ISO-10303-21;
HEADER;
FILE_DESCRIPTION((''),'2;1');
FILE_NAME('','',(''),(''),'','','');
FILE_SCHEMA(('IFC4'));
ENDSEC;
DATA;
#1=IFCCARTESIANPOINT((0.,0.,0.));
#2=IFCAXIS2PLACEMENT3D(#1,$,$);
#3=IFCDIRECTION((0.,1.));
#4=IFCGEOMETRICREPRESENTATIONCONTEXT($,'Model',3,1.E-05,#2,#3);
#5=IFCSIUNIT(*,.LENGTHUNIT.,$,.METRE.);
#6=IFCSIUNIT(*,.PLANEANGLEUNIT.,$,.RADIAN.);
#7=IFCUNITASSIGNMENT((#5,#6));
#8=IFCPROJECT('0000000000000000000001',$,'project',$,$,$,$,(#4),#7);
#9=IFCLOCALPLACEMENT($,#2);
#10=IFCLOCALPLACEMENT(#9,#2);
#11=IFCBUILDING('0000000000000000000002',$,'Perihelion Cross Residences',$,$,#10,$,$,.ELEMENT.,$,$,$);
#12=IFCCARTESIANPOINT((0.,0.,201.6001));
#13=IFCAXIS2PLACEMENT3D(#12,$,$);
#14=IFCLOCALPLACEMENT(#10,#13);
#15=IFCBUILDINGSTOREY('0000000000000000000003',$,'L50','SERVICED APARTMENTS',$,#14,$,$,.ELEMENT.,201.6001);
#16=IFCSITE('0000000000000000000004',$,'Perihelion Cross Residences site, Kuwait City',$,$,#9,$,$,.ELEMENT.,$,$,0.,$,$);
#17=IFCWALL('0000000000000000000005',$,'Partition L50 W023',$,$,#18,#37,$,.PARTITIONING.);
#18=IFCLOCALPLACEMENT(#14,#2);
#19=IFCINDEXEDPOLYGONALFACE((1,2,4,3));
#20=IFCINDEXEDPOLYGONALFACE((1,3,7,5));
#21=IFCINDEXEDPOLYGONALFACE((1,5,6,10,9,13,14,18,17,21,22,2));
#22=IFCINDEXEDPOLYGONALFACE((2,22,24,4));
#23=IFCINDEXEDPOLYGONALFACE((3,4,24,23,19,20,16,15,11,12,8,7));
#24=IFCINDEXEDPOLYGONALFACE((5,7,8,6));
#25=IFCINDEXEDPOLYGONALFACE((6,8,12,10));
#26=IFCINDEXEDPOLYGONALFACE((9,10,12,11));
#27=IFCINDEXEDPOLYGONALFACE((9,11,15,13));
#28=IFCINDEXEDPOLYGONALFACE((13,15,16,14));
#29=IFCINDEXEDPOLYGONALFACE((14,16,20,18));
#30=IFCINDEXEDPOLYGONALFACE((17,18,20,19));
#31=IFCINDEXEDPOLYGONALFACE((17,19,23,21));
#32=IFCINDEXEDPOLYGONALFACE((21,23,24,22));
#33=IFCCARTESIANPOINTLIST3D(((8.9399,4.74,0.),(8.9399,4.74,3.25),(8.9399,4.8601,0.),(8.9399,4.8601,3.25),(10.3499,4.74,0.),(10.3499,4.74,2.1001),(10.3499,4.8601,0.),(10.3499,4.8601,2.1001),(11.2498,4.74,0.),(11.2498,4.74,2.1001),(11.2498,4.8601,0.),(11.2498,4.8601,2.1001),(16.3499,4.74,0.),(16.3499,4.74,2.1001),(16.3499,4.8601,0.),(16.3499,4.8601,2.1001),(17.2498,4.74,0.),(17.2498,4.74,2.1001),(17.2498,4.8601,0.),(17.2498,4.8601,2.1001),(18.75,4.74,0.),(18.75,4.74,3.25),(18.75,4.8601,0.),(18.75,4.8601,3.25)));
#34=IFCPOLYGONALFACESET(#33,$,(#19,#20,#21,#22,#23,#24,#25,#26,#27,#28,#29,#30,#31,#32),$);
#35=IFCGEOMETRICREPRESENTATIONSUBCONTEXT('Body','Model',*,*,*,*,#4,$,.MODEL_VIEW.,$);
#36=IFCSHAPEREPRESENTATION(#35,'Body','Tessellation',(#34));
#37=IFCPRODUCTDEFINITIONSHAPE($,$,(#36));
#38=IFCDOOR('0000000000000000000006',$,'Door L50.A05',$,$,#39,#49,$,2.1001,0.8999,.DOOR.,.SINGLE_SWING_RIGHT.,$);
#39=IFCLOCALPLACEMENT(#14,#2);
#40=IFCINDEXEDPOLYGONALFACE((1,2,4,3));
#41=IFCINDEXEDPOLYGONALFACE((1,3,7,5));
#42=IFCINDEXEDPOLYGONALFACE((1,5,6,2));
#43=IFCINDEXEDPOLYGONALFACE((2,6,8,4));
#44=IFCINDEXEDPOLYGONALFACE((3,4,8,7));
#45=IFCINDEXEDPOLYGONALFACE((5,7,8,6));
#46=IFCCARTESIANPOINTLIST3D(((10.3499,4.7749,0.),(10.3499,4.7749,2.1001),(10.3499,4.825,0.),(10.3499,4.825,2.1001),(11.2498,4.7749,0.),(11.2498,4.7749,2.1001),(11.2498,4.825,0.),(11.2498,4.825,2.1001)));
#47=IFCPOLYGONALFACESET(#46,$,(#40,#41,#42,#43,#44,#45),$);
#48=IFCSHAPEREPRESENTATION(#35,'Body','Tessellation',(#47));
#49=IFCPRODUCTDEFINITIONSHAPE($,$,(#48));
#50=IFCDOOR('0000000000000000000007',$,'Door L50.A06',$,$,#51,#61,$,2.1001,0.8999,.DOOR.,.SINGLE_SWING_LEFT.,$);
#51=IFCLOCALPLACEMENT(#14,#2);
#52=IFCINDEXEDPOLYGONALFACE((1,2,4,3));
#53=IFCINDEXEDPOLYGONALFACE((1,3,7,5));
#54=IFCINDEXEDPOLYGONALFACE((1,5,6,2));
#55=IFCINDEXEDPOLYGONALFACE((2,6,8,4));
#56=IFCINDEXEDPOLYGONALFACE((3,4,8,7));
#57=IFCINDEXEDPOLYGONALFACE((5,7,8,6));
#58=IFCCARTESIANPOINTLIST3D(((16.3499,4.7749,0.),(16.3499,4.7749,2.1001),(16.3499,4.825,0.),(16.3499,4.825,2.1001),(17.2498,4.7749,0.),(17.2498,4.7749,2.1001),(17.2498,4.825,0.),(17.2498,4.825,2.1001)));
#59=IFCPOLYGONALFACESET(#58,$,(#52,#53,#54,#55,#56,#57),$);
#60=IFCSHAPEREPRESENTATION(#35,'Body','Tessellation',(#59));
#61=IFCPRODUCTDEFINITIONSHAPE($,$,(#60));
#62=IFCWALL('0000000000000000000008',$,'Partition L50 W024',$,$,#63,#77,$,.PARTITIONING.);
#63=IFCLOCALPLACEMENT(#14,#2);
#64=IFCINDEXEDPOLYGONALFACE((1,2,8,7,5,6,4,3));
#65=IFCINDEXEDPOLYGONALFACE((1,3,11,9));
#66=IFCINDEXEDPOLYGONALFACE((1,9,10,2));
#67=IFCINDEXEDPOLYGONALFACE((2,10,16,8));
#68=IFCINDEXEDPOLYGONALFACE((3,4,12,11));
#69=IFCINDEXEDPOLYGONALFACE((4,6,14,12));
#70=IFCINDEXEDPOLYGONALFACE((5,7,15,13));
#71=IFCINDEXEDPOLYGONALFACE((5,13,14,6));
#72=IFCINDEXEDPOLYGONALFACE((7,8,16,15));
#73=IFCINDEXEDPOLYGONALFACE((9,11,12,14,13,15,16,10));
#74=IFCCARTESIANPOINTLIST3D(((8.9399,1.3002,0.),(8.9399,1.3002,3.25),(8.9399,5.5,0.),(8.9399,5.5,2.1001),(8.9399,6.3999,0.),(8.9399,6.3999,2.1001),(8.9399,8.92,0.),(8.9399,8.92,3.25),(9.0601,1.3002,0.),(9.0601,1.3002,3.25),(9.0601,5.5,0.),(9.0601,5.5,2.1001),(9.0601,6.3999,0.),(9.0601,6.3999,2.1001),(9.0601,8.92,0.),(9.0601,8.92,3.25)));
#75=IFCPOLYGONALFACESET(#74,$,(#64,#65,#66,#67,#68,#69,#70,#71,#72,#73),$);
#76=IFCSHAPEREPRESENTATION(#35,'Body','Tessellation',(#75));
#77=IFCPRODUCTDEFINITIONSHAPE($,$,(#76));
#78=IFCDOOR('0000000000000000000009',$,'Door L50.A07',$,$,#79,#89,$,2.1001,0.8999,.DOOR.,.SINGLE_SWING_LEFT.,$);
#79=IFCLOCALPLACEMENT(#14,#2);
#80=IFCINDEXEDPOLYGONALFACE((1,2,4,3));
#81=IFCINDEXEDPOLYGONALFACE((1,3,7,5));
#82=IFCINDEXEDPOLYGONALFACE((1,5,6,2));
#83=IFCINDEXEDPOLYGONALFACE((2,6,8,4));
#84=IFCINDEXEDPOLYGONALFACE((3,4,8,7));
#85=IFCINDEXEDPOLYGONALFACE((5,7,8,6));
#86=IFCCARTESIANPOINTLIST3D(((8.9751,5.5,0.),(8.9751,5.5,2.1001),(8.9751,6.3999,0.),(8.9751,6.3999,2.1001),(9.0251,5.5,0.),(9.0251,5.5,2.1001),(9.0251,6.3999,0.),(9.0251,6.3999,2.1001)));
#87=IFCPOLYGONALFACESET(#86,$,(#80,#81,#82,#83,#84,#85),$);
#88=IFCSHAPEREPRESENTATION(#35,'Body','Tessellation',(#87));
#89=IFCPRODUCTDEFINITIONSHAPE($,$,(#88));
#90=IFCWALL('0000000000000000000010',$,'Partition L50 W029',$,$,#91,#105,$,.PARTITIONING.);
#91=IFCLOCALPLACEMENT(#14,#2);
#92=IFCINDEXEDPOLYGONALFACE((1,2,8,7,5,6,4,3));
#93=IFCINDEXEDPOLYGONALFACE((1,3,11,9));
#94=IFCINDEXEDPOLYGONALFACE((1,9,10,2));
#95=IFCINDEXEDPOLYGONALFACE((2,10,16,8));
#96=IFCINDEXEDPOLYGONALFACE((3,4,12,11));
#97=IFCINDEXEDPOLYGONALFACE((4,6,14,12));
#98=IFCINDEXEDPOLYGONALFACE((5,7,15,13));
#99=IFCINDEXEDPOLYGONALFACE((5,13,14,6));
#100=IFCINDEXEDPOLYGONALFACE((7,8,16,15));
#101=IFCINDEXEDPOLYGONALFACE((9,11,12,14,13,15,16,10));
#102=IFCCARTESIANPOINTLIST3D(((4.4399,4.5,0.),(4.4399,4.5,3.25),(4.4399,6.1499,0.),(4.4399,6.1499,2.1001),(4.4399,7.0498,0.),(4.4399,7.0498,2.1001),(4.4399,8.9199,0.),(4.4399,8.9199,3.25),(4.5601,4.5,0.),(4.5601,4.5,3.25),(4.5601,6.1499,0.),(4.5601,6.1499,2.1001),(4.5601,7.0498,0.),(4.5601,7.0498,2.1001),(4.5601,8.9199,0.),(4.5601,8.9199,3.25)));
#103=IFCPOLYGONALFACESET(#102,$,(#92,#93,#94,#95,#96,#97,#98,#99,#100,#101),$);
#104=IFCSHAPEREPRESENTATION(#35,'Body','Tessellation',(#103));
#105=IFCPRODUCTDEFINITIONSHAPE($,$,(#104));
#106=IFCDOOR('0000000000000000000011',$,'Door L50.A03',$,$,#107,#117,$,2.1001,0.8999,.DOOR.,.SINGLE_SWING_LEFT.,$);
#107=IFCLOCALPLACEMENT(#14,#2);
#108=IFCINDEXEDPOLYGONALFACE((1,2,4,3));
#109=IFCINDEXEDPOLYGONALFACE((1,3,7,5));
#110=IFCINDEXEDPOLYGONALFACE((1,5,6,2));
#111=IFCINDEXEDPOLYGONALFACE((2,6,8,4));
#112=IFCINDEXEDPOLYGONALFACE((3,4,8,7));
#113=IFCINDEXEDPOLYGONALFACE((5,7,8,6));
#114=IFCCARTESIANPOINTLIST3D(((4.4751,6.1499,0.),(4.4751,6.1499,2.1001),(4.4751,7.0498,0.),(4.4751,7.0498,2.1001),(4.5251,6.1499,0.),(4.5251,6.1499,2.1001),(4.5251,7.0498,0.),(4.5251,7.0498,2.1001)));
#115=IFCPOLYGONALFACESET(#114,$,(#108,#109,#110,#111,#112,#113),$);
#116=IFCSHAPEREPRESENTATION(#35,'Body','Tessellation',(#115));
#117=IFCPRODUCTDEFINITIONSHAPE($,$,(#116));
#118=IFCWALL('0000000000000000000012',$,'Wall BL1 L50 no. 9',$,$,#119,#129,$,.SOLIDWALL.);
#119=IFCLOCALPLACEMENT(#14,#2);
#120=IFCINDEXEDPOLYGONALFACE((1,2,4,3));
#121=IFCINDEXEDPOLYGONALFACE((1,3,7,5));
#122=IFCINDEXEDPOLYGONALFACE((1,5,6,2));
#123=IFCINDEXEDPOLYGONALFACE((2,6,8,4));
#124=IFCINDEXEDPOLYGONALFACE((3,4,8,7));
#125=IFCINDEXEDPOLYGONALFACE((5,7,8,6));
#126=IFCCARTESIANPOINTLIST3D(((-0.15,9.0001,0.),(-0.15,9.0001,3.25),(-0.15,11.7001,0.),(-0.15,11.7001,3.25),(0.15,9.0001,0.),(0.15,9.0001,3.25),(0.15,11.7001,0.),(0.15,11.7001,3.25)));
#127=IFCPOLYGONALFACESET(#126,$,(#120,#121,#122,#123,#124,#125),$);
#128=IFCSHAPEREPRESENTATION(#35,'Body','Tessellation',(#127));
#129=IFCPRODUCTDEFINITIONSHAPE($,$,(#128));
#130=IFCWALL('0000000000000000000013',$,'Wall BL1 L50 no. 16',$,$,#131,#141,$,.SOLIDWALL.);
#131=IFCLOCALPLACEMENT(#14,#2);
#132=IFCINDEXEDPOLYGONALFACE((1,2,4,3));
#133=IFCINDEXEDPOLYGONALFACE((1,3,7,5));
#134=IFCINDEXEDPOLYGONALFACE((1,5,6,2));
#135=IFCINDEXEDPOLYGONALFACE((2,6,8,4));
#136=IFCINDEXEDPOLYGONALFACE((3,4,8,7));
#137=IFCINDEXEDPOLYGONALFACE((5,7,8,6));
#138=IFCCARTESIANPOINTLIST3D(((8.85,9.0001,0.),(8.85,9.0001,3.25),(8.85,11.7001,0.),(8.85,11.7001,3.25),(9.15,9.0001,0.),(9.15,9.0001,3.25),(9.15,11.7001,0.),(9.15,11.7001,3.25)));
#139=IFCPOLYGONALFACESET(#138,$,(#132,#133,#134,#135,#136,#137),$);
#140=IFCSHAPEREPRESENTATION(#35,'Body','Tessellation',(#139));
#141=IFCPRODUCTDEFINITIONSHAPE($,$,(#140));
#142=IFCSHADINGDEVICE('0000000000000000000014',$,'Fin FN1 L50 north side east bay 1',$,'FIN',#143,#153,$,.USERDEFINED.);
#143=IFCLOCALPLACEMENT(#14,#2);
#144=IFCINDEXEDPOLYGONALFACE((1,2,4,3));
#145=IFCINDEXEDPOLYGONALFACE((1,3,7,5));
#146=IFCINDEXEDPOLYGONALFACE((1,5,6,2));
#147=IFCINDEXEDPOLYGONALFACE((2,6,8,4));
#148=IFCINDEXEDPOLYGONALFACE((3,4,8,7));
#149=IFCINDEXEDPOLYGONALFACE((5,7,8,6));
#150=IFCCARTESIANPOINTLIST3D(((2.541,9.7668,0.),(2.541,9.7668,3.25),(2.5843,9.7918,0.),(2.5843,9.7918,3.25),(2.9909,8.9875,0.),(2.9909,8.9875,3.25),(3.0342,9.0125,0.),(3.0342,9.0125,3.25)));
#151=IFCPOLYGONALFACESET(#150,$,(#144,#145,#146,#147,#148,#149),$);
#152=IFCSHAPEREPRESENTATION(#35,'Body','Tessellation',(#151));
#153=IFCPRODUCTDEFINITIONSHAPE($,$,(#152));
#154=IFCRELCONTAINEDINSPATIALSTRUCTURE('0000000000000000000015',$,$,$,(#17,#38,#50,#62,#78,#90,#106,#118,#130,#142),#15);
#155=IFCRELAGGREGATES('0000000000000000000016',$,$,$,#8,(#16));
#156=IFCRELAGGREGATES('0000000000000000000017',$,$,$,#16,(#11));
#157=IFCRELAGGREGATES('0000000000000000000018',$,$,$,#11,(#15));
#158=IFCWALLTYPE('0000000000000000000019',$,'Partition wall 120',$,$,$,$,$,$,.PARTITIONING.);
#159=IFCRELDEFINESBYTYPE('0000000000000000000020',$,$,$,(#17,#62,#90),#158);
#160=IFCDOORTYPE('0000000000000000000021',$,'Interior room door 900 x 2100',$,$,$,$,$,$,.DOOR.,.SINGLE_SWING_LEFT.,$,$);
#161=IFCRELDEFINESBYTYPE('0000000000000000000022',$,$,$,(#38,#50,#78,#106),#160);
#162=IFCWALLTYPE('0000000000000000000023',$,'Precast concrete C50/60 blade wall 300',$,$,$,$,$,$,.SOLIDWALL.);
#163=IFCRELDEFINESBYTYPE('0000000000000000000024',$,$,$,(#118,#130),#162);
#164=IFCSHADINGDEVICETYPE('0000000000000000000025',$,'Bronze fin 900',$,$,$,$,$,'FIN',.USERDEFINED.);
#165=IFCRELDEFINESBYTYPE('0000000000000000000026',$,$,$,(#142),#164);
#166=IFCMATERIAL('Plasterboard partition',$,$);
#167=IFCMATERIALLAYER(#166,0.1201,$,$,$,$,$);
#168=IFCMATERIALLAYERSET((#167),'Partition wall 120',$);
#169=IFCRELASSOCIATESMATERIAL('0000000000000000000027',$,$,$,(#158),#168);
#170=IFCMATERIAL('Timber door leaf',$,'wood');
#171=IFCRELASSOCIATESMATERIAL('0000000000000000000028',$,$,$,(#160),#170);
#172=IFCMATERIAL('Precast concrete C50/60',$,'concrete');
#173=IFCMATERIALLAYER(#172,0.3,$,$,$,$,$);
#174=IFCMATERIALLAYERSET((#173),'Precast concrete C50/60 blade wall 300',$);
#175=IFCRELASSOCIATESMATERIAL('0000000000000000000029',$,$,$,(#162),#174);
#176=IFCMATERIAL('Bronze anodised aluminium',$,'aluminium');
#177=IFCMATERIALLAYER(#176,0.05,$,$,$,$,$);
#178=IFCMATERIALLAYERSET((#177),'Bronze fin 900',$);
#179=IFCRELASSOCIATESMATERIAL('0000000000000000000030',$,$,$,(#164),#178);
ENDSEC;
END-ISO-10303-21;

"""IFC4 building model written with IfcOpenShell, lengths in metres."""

from ifc_helpers import new_model, si_unit, direction, frame, frame_2d, origin, origin_2d, place, context, subcontext, project, spatial, rectangle, extrude, material, layer, layer_set, type_object, element, fill, save


model = new_model("IFC4")

# Units and contexts
model_context = context("Model", 3, precision=1e-05, world=origin(), true_north=direction((0.0, 1.0)))
body_context = subcontext(model_context, "Body", "Model", "MODEL_VIEW")
ifc_project = project(units=[si_unit("LENGTHUNIT", "METRE"), si_unit("PLANEANGLEUNIT", "RADIAN")], contexts=[model_context])

# Site, building, storey
site_placement = place(None, origin())
site = spatial("IfcSite", under=ifc_project, at=site_placement, Name="Perihelion Cross Residences site, Kuwait City", CompositionType="ELEMENT", RefElevation=0.0)
building_placement = place(site_placement, origin())
building = spatial("IfcBuilding", under=site, at=building_placement, Name="Perihelion Cross Residences", CompositionType="ELEMENT")
storey_placement = place(building_placement, frame((0.0, 0.0, 201.6001)))
storey = spatial("IfcBuildingStorey", under=building, at=storey_placement, Name="L50", Description="SERVICED APARTMENTS", CompositionType="ELEMENT", Elevation=201.6001)

# Shared definitions
ifc_material_1 = material(Name="Plasterboard partition")
ifc_layer_1 = layer(ifc_material_1, 0.1201)
ifc_layer_set_1 = layer_set([ifc_layer_1], Name="Partition wall 120")
wall_type_1 = type_object("IfcWallType", Name="Partition wall 120", PredefinedType="PARTITIONING", material=ifc_layer_set_1)

# Wall, openings, doors
wall_1_placement = place(storey_placement, frame((8.9399, 4.8, 0.0), z_axis=(0.0, 0.0, 1.0), x_axis=(1.0, 0.0, 0.0)))
wall_1 = element("IfcWall", 1, at=wall_1_placement, inside=storey, type_object=wall_type_1, Name="Partition L50 W023", PredefinedType="PARTITIONING", context=body_context, shape_type="SweptSolid", body=[
    extrude(rectangle(XDim=9.8101, YDim=0.1201, at=frame_2d((4.905, 0.0))), origin(), (0.0, 0.0, 1.0), 3.25),
])
opening_1_placement = place(wall_1_placement, frame((1.4099, 0.0, 0.0)))
opening_1 = element("IfcOpeningElement", 2, at=opening_1_placement, cuts=wall_1, PredefinedType="OPENING", context=body_context, shape_type="SweptSolid", body=[
    extrude(rectangle(XDim=0.8999, YDim=2.1001, at=frame_2d((0.45, 1.05))), frame((0.0, 0.0701, 0.0), z_axis=(0.0, -1.0, 0.0), x_axis=(1.0, 0.0, 0.0)), (0.0, 0.0, 1.0), 0.1401),
])
opening_2_placement = place(wall_1_placement, frame((7.4099, 0.0, 0.0)))
opening_2 = element("IfcOpeningElement", 3, at=opening_2_placement, cuts=wall_1, PredefinedType="OPENING", context=body_context, shape_type="SweptSolid", body=[
    extrude(rectangle(XDim=0.8999, YDim=2.1001, at=frame_2d((0.45, 1.05))), frame((0.0, 0.0701, 0.0), z_axis=(0.0, -1.0, 0.0), x_axis=(1.0, 0.0, 0.0)), (0.0, 0.0, 1.0), 0.1401),
])
ifc_material_2 = material(Name="Timber door leaf", Category="wood")
door_type_1 = type_object("IfcDoorType", Name="Interior room door 900 x 2100", OperationType="SINGLE_SWING_LEFT", PredefinedType="DOOR", material=ifc_material_2)
door_1_placement = place(opening_1_placement, origin())
door_1 = element("IfcDoor", 4, at=door_1_placement, inside=storey, type_object=door_type_1, Name="Door L50.A05", OperationType="SINGLE_SWING_RIGHT", OverallHeight=2.1001, OverallWidth=0.8999, PredefinedType="DOOR", context=body_context, shape_type="SweptSolid", body=[
    extrude(rectangle(XDim=0.8999, YDim=2.1001, at=frame_2d((0.45, 1.05))), frame((0.0, 0.0249, 0.0), z_axis=(0.0, -1.0, 0.0), x_axis=(1.0, 0.0, 0.0)), (0.0, 0.0, 1.0), 0.05),
])
fill(opening_1, door_1)
door_2_placement = place(opening_2_placement, origin())
door_2 = element("IfcDoor", 5, at=door_2_placement, inside=storey, type_object=door_type_1, Name="Door L50.A06", OperationType="SINGLE_SWING_LEFT", OverallHeight=2.1001, OverallWidth=0.8999, PredefinedType="DOOR", context=body_context, shape_type="SweptSolid", body=[
    extrude(rectangle(XDim=0.8999, YDim=2.1001, at=frame_2d((0.45, 1.05))), frame((0.0, 0.0249, 0.0), z_axis=(0.0, -1.0, 0.0), x_axis=(1.0, 0.0, 0.0)), (0.0, 0.0, 1.0), 0.05),
])
fill(opening_2, door_2)

# Walls, openings, doors
wall_2_placement = place(storey_placement, frame((9.0, 1.3, 0.0), z_axis=(0.0, 0.0, 1.0), x_axis=(0.0, 1.0, 0.0)))
wall_2 = element("IfcWall", 6, at=wall_2_placement, inside=storey, type_object=wall_type_1, Name="Partition L50 W024", PredefinedType="PARTITIONING", context=body_context, shape_type="SweptSolid", body=[
    extrude(rectangle(XDim=7.6199, YDim=0.1201, at=frame_2d((3.8101, 0.0))), origin(), (0.0, 0.0, 1.0), 3.25),
])
opening_3_placement = place(wall_2_placement, frame((4.2, 0.0, 0.0)))
opening_3 = element("IfcOpeningElement", 7, at=opening_3_placement, cuts=wall_2, PredefinedType="OPENING", context=body_context, shape_type="SweptSolid", body=[
    extrude(rectangle(XDim=0.8999, YDim=2.1001, at=frame_2d((0.45, 1.05))), frame((0.0, 0.0701, 0.0), z_axis=(0.0, -1.0, 0.0), x_axis=(1.0, 0.0, 0.0)), (0.0, 0.0, 1.0), 0.1401),
])
door_3_placement = place(opening_3_placement, origin())
door_3 = element("IfcDoor", 8, at=door_3_placement, inside=storey, type_object=door_type_1, Name="Door L50.A07", OperationType="SINGLE_SWING_LEFT", OverallHeight=2.1001, OverallWidth=0.8999, PredefinedType="DOOR", context=body_context, shape_type="SweptSolid", body=[
    extrude(rectangle(XDim=0.8999, YDim=2.1001, at=frame_2d((0.45, 1.05))), frame((0.0, 0.0249, 0.0), z_axis=(0.0, -1.0, 0.0), x_axis=(1.0, 0.0, 0.0)), (0.0, 0.0, 1.0), 0.05),
])
fill(opening_3, door_3)
wall_3_placement = place(storey_placement, frame((4.5, 4.5, 0.0), z_axis=(0.0, 0.0, 1.0), x_axis=(0.0, 1.0, 0.0)))
wall_3 = element("IfcWall", 9, at=wall_3_placement, inside=storey, type_object=wall_type_1, Name="Partition L50 W029", PredefinedType="PARTITIONING", context=body_context, shape_type="SweptSolid", body=[
    extrude(rectangle(XDim=4.4199, YDim=0.1201, at=frame_2d((2.21, 0.0))), origin(), (0.0, 0.0, 1.0), 3.25),
])
opening_4_placement = place(wall_3_placement, frame((1.6499, 0.0, 0.0)))
opening_4 = element("IfcOpeningElement", 10, at=opening_4_placement, cuts=wall_3, PredefinedType="OPENING", context=body_context, shape_type="SweptSolid", body=[
    extrude(rectangle(XDim=0.8999, YDim=2.1001, at=frame_2d((0.45, 1.05))), frame((0.0, 0.0701, 0.0), z_axis=(0.0, -1.0, 0.0), x_axis=(1.0, 0.0, 0.0)), (0.0, 0.0, 1.0), 0.1401),
])
door_4_placement = place(opening_4_placement, origin())
door_4 = element("IfcDoor", 11, at=door_4_placement, inside=storey, type_object=door_type_1, Name="Door L50.A03", OperationType="SINGLE_SWING_LEFT", OverallHeight=2.1001, OverallWidth=0.8999, PredefinedType="DOOR", context=body_context, shape_type="SweptSolid", body=[
    extrude(rectangle(XDim=0.8999, YDim=2.1001, at=frame_2d((0.45, 1.05))), frame((0.0, 0.0249, 0.0), z_axis=(0.0, -1.0, 0.0), x_axis=(1.0, 0.0, 0.0)), (0.0, 0.0, 1.0), 0.05),
])
fill(opening_4, door_4)

# Walls
ifc_material_3 = material(Name="Precast concrete C50/60", Category="concrete")
ifc_layer_2 = layer(ifc_material_3, 0.3)
ifc_layer_set_2 = layer_set([ifc_layer_2], Name="Precast concrete C50/60 blade wall 300")
wall_type_2 = type_object("IfcWallType", Name="Precast concrete C50/60 blade wall 300", PredefinedType="SOLIDWALL", material=ifc_layer_set_2)
for number, where, z_axis, x_axis, name in (
    (12, (0.0, 9.0, 0.0), (0.0, 0.0, 1.0), (0.0, 1.0, 0.0), "Wall BL1 L50 no. 9"),
    (13, (9.0, 9.0, 0.0), (0.0, 0.0, 1.0), (0.0, 1.0, 0.0), "Wall BL1 L50 no. 16"),
):
    element("IfcWall", number, at=place(storey_placement, frame(where, z_axis=z_axis, x_axis=x_axis)), inside=storey, type_object=wall_type_2, Name=name, PredefinedType="SOLIDWALL", context=body_context, shape_type="SweptSolid", body=[
        extrude(rectangle(XDim=2.7, YDim=0.3, at=frame_2d((1.3501, 0.0))), origin(), (0.0, 0.0, 1.0), 3.25),
    ])

# Shading device
ifc_material_4 = material(Name="Bronze anodised aluminium", Category="aluminium")
ifc_layer_3 = layer(ifc_material_4, 0.05)
ifc_layer_set_3 = layer_set([ifc_layer_3], Name="Bronze fin 900")
shading_device_type = type_object("IfcShadingDeviceType", Name="Bronze fin 900", ElementType="FIN", PredefinedType="USERDEFINED", material=ifc_layer_set_3)
shading_device_placement = place(storey_placement, frame((2.7876, 9.3896, 0.0), z_axis=(0.0, 0.0, 1.0), x_axis=(-0.5, 0.866025, 0.0)))
element("IfcShadingDevice", 14, at=shading_device_placement, inside=storey, type_object=shading_device_type, Name="Fin FN1 L50 north side east bay 1", ObjectType="FIN", PredefinedType="USERDEFINED", context=body_context, shape_type="SweptSolid", body=[
    extrude(rectangle(XDim=0.8999, YDim=0.05, at=origin_2d()), origin(), (0.0, 0.0, 1.0), 3.25),
])

save(model, "model.ifc")
